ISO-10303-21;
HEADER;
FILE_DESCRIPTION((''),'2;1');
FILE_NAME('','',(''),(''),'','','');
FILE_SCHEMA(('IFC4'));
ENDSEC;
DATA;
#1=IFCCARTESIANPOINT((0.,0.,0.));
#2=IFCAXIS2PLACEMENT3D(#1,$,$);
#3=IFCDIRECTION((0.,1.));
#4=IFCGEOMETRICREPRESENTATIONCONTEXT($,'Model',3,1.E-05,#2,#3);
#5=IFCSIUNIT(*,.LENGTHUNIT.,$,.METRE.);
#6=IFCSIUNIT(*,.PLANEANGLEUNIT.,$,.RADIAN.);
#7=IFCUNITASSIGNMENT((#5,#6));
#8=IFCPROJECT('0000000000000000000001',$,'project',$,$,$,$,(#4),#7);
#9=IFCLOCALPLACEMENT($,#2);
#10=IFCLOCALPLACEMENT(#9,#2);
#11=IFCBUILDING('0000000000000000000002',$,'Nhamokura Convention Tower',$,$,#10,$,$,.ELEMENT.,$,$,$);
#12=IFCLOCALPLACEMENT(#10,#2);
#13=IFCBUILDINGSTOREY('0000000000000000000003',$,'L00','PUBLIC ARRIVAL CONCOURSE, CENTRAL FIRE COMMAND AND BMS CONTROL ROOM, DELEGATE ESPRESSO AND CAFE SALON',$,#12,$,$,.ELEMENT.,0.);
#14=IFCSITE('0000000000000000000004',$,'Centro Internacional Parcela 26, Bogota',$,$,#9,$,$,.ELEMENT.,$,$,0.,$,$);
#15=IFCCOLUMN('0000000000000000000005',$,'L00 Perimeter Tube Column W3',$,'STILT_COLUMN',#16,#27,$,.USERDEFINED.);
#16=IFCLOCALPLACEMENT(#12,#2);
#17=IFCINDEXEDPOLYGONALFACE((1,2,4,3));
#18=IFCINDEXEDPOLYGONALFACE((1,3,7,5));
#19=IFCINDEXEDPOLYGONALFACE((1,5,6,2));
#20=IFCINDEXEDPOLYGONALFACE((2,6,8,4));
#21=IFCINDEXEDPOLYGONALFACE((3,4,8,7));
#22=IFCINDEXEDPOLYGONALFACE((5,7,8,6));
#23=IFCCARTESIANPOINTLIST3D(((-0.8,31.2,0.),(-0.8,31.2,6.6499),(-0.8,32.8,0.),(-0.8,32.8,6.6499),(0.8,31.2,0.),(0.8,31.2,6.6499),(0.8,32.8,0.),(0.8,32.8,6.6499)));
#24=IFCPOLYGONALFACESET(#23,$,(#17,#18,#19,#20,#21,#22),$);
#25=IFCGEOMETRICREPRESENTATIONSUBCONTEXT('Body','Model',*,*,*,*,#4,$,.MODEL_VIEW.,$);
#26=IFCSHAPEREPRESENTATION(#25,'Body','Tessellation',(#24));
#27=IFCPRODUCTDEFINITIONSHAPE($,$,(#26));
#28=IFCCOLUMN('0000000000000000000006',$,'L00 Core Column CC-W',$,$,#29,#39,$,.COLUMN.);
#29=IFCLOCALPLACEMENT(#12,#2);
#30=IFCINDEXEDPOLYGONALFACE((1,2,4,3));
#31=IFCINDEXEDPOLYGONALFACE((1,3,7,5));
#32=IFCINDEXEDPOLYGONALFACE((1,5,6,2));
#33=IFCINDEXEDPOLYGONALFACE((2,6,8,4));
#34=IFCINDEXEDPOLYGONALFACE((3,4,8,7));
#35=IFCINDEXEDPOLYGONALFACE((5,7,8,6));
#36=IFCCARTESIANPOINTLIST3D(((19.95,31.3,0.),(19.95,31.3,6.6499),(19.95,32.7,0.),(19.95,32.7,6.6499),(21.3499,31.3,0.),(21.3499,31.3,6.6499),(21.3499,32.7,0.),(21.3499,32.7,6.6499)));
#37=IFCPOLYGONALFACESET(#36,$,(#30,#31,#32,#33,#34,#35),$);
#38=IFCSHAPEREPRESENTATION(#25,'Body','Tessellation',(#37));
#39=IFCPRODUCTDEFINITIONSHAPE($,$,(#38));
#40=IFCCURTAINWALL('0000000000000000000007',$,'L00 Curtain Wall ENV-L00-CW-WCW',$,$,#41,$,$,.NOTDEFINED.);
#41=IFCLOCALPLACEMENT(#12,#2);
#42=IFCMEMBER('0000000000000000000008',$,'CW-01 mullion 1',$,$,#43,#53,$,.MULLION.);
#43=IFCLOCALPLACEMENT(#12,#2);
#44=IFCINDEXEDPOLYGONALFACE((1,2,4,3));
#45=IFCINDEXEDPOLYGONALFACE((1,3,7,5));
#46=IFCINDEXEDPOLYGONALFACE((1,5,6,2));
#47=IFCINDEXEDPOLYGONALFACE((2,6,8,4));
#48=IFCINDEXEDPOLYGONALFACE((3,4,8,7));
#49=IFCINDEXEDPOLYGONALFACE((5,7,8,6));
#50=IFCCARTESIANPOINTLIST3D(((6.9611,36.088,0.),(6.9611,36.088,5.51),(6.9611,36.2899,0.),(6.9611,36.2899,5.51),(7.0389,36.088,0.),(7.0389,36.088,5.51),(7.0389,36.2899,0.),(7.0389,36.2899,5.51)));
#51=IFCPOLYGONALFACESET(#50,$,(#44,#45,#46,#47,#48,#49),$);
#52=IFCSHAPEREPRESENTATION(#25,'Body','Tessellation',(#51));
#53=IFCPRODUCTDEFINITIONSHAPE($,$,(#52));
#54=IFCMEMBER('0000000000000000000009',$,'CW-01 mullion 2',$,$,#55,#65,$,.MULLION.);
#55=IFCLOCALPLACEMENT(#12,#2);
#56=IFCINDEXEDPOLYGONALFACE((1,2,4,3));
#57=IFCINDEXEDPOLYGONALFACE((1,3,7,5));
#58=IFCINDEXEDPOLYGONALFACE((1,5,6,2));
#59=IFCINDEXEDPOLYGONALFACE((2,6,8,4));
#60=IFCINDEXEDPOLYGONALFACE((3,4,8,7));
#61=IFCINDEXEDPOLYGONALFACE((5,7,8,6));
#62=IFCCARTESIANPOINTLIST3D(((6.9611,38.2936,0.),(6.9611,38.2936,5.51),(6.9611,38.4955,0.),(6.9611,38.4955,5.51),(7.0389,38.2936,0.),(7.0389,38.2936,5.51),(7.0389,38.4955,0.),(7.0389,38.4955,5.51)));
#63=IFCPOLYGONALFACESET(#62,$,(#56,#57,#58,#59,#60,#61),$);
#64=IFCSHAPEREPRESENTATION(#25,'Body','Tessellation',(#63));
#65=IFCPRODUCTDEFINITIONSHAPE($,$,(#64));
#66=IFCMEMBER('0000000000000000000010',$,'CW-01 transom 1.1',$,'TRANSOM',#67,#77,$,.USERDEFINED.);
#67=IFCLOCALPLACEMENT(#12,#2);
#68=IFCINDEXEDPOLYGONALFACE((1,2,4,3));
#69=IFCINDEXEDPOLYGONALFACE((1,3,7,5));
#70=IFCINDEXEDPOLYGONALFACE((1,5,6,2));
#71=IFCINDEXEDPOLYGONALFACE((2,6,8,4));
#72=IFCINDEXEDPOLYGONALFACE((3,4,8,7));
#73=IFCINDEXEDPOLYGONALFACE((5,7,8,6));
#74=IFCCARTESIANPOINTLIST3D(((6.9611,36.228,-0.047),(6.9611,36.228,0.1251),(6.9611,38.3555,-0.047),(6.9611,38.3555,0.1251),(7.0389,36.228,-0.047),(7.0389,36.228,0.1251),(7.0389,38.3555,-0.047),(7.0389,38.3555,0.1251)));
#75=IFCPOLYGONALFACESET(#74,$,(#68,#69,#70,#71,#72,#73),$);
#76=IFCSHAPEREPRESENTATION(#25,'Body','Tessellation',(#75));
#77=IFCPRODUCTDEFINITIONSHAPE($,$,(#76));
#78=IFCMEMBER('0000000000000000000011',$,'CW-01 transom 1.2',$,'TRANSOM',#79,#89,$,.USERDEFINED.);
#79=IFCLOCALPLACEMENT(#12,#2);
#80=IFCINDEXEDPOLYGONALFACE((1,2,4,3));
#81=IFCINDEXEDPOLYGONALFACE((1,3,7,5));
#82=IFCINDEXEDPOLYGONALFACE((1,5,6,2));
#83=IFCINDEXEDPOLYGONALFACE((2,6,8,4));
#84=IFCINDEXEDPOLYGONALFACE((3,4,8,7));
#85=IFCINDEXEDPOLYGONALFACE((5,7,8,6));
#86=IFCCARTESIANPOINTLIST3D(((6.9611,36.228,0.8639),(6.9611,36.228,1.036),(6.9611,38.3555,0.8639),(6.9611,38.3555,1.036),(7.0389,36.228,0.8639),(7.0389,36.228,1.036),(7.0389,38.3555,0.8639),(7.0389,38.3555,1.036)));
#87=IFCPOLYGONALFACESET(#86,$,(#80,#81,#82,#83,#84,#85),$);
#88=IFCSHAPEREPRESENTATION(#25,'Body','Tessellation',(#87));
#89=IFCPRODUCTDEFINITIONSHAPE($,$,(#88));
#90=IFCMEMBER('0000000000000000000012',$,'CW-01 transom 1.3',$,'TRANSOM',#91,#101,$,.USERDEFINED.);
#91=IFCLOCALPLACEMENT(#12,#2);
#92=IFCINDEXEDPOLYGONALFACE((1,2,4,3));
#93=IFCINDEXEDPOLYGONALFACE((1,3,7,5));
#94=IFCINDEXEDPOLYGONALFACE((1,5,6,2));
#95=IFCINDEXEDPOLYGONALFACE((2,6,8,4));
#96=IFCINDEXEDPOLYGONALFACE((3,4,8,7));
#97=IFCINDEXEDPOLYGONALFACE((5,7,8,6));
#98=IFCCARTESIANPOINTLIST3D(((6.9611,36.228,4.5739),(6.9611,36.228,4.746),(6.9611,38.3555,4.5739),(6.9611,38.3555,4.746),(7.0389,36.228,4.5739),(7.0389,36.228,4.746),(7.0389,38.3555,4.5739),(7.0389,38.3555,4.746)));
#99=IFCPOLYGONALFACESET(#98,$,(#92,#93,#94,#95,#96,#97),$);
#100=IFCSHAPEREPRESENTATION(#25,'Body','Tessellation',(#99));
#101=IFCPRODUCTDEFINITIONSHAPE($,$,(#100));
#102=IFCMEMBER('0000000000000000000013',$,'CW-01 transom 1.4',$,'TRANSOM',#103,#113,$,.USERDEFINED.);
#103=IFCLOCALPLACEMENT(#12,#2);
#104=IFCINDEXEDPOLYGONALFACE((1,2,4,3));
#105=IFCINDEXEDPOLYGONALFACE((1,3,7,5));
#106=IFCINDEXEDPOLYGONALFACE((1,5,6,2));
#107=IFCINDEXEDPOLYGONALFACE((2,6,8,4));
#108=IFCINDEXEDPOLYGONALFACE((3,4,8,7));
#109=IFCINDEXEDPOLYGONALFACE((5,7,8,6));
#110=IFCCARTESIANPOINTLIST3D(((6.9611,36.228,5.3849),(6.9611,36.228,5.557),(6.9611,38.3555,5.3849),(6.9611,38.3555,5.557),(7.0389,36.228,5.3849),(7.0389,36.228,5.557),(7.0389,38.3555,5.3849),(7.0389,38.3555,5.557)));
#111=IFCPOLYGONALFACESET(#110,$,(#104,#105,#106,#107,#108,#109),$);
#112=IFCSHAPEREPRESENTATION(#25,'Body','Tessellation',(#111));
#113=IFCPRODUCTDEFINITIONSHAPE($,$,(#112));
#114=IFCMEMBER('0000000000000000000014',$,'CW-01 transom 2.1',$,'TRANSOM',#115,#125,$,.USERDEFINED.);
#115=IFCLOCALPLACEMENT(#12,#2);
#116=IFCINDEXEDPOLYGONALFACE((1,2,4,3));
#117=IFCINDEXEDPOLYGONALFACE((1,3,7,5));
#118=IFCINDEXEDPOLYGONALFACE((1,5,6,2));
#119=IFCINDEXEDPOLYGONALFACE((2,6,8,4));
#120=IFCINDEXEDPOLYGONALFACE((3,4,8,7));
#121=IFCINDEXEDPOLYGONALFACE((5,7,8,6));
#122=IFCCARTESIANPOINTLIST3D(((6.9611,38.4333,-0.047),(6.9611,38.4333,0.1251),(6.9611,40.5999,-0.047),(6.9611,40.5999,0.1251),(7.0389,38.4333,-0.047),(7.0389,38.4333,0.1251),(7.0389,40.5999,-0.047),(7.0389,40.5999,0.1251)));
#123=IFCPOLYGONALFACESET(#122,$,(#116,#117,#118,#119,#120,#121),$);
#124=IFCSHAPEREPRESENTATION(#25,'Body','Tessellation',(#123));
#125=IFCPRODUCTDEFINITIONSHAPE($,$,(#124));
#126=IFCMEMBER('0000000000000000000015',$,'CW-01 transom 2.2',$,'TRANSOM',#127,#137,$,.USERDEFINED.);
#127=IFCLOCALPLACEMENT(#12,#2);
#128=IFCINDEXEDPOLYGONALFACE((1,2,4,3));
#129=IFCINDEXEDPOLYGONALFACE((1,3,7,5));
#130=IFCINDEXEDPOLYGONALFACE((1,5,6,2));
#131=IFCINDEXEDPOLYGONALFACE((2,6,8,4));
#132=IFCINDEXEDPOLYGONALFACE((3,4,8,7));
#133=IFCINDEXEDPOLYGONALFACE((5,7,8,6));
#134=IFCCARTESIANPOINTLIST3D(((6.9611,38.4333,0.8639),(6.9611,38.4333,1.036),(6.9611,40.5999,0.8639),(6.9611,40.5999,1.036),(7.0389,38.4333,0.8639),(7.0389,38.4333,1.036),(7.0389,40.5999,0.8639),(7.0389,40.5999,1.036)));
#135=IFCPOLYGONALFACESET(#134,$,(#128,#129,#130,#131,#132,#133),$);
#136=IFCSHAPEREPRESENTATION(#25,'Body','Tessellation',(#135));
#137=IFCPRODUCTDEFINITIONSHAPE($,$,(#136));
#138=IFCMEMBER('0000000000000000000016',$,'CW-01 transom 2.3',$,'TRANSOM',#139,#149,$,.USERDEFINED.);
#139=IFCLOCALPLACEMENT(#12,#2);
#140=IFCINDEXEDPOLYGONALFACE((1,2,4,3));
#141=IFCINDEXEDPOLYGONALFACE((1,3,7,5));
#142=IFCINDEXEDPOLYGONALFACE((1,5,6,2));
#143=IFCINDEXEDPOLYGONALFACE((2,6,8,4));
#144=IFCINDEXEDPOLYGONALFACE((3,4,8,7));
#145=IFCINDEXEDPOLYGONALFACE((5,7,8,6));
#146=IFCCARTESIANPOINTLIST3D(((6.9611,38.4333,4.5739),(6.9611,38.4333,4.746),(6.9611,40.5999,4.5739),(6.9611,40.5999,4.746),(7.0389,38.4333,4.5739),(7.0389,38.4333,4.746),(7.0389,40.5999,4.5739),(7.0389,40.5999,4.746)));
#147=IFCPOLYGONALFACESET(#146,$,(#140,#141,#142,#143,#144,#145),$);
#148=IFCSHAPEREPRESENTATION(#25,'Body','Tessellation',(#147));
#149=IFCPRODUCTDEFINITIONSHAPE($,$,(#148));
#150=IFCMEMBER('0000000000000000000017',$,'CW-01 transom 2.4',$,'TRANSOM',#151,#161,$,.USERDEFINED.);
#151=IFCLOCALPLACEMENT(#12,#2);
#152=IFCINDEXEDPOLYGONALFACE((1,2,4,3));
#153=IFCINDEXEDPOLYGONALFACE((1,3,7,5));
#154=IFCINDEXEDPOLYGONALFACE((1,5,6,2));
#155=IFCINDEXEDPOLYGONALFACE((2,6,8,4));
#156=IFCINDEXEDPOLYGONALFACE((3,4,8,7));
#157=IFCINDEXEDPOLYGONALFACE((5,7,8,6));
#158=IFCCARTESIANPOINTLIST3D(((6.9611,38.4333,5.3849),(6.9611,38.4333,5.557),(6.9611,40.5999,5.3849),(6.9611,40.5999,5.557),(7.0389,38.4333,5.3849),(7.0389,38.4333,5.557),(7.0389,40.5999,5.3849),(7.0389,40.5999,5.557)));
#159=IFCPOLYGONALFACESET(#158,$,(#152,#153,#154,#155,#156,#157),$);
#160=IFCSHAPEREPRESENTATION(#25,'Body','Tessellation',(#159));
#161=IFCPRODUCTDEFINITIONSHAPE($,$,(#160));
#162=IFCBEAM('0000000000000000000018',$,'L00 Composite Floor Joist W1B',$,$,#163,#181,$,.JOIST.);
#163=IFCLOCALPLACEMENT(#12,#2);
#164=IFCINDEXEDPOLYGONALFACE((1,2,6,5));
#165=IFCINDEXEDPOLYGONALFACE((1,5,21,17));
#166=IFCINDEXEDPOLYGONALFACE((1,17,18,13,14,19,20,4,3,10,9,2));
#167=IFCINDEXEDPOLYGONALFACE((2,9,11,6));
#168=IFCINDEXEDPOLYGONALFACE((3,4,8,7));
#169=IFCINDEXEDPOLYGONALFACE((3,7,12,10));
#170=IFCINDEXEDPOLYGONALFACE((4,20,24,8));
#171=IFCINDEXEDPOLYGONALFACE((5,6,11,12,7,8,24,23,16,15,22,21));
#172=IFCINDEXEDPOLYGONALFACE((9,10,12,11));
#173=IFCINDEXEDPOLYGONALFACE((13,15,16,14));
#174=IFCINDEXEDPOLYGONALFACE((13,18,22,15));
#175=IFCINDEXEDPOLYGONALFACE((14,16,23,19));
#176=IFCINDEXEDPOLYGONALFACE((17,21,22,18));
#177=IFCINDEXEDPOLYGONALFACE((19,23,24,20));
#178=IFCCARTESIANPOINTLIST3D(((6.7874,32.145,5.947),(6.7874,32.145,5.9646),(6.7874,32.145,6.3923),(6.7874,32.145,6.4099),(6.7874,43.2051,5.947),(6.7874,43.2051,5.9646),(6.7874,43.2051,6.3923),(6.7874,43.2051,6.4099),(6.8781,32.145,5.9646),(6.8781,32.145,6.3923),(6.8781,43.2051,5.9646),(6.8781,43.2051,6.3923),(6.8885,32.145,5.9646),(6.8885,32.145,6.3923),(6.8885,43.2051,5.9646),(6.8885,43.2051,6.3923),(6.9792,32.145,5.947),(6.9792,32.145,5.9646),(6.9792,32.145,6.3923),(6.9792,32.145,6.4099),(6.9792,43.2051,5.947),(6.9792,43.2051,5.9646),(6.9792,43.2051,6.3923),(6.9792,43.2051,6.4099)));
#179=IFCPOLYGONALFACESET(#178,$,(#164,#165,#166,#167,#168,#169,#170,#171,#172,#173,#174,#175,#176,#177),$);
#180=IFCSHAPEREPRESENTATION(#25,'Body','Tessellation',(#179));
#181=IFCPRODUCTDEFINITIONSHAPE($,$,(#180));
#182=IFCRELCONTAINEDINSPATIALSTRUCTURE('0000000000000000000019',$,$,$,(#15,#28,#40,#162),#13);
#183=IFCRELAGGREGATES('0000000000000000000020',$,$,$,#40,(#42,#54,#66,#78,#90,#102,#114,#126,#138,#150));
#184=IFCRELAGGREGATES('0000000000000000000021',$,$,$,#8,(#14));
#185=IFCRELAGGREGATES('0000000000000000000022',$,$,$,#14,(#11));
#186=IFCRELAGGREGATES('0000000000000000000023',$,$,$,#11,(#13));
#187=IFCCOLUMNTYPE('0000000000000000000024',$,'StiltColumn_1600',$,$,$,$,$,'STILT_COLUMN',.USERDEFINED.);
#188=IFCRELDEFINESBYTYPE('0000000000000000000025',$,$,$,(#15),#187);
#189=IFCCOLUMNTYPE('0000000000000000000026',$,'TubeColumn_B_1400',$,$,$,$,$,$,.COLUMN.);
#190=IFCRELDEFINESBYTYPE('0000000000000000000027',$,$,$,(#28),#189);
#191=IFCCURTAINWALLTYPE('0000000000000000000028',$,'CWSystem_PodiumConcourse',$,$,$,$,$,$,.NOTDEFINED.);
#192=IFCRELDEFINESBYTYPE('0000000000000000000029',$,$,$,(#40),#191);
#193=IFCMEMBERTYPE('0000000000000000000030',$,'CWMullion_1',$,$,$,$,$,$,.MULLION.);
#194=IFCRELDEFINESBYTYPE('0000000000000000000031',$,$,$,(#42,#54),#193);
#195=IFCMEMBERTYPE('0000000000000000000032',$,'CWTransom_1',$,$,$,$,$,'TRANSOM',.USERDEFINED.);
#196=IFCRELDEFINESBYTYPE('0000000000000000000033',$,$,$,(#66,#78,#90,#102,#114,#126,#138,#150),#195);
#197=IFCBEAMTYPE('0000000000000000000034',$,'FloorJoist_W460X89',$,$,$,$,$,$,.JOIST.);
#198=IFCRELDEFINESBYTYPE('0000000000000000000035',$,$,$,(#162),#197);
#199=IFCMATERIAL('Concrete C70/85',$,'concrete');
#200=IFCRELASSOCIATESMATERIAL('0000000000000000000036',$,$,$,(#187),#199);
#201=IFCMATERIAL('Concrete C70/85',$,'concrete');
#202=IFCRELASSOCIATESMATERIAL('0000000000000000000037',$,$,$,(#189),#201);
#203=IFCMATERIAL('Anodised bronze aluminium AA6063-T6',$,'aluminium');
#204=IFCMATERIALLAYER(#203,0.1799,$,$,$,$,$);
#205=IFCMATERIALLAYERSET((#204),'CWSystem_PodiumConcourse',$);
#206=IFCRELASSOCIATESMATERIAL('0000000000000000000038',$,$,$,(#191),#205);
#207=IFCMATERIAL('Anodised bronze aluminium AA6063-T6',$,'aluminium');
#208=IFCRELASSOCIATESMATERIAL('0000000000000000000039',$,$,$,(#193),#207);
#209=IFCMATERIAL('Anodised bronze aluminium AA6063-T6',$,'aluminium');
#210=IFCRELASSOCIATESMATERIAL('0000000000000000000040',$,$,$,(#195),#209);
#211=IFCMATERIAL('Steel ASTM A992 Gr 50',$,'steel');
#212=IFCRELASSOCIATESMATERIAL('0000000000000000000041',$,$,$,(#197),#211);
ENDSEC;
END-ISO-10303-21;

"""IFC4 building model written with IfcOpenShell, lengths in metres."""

from ifc_helpers import new_model, si_unit, direction, frame, origin, origin_2d, place, context, subcontext, project, spatial, rectangle, i_section, extrude, material, layer, layer_set, material_profile, profile_set, type_object, element, aggregate, save


model = new_model("IFC4")

# Units and contexts
model_context = context("Model", 3, precision=1e-05, world=origin(), true_north=direction((0.0, 1.0)))
body_context = subcontext(model_context, "Body", "Model", "MODEL_VIEW")
ifc_project = project(units=[si_unit("LENGTHUNIT", "METRE"), si_unit("PLANEANGLEUNIT", "RADIAN")], contexts=[model_context])

# Site, building, storey
site_placement = place(None, origin())
site = spatial("IfcSite", under=ifc_project, at=site_placement, Name="Centro Internacional Parcela 26, Bogota", CompositionType="ELEMENT", RefElevation=0.0)
building_placement = place(site_placement, origin())
building = spatial("IfcBuilding", under=site, at=building_placement, Name="Nhamokura Convention Tower", CompositionType="ELEMENT")
storey_placement = place(building_placement, origin())
storey = spatial("IfcBuildingStorey", under=building, at=storey_placement, Name="L00", Description="PUBLIC ARRIVAL CONCOURSE, CENTRAL FIRE COMMAND AND BMS CONTROL ROOM, DELEGATE ESPRESSO AND CAFE SALON", CompositionType="ELEMENT", Elevation=0.0)

# Columns
ifc_material_1 = material(Name="Concrete C70/85", Category="concrete")
ifc_material_profile_1 = material_profile(ifc_material_1, rectangle(XDim=1.6001, YDim=1.6001, at=origin_2d()))
ifc_profile_set_1 = profile_set([ifc_material_profile_1], Name="Concrete C70/85")
column_type_1 = type_object("IfcColumnType", Name="StiltColumn_1600", ElementType="STILT_COLUMN", PredefinedType="USERDEFINED", material=ifc_profile_set_1)
column_1_placement = place(storey_placement, frame((0.0, 32.0, 0.0), z_axis=(0.0, 0.0, 1.0), x_axis=(1.0, 0.0, 0.0)))
element("IfcColumn", 1, at=column_1_placement, inside=storey, type_object=column_type_1, Name="L00 Perimeter Tube Column W3", ObjectType="STILT_COLUMN", PredefinedType="USERDEFINED", context=body_context, shape_type="SweptSolid", body=[
    extrude(rectangle(XDim=1.6001, YDim=1.6001, at=origin_2d()), origin(), (0.0, 0.0, 1.0), 6.6499),
])
ifc_material_2 = material(Name="Concrete C70/85", Category="concrete")
ifc_material_profile_2 = material_profile(ifc_material_2, rectangle(XDim=1.3999, YDim=1.3999, at=origin_2d()))
ifc_profile_set_2 = profile_set([ifc_material_profile_2], Name="Concrete C70/85")
column_type_2 = type_object("IfcColumnType", Name="TubeColumn_B_1400", PredefinedType="COLUMN", material=ifc_profile_set_2)
column_2_placement = place(storey_placement, frame((20.6499, 32.0, 0.0), z_axis=(0.0, 0.0, 1.0), x_axis=(1.0, 0.0, 0.0)))
element("IfcColumn", 2, at=column_2_placement, inside=storey, type_object=column_type_2, Name="L00 Core Column CC-W", PredefinedType="COLUMN", context=body_context, shape_type="SweptSolid", body=[
    extrude(rectangle(XDim=1.3999, YDim=1.3999, at=origin_2d()), origin(), (0.0, 0.0, 1.0), 6.6499),
])

# Curtain wall, members
ifc_material_3 = material(Name="Anodised bronze aluminium AA6063-T6", Category="aluminium")
ifc_layer_1 = layer(ifc_material_3, 0.1799)
ifc_layer_set_1 = layer_set([ifc_layer_1], Name="CWSystem_PodiumConcourse")
curtain_wall_type = type_object("IfcCurtainWallType", Name="CWSystem_PodiumConcourse", PredefinedType="NOTDEFINED", material=ifc_layer_set_1)
curtain_wall_placement = place(storey_placement, origin())
curtain_wall = element("IfcCurtainWall", 3, at=curtain_wall_placement, inside=storey, type_object=curtain_wall_type, Name="L00 Curtain Wall ENV-L00-CW-WCW", PredefinedType="NOTDEFINED")
ifc_material_4 = material(Name="Anodised bronze aluminium AA6063-T6", Category="aluminium")
ifc_material_profile_3 = material_profile(ifc_material_4, rectangle(XDim=0.0779, YDim=0.2019, at=origin_2d()))
ifc_profile_set_3 = profile_set([ifc_material_profile_3], Name="Anodised bronze aluminium AA6063-T6")
member_type_1 = type_object("IfcMemberType", Name="CWMullion_1", PredefinedType="MULLION", material=ifc_profile_set_3)
member_1_placement = place(storey_placement, frame((7.0, 36.189, 0.0), z_axis=(0.0, 0.0, 1.0), x_axis=(-1.0, 0.0, 0.0)))
member_1 = element("IfcMember", 4, at=member_1_placement, type_object=member_type_1, Name="CW-01 mullion 1", PredefinedType="MULLION", context=body_context, shape_type="SweptSolid", body=[
    extrude(rectangle(XDim=0.0779, YDim=0.2019, at=origin_2d()), origin(), (0.0, 0.0, 1.0), 5.51),
])
member_2_placement = place(storey_placement, frame((7.0, 38.3945, 0.0), z_axis=(0.0, 0.0, 1.0), x_axis=(-1.0, 0.0, 0.0)))
member_2 = element("IfcMember", 5, at=member_2_placement, type_object=member_type_1, Name="CW-01 mullion 2", PredefinedType="MULLION", context=body_context, shape_type="SweptSolid", body=[
    extrude(rectangle(XDim=0.0779, YDim=0.2019, at=origin_2d()), origin(), (0.0, 0.0, 1.0), 5.51),
])
ifc_material_5 = material(Name="Anodised bronze aluminium AA6063-T6", Category="aluminium")
ifc_material_profile_4 = material_profile(ifc_material_5, rectangle(XDim=0.0779, YDim=0.1721, at=origin_2d()))
ifc_profile_set_4 = profile_set([ifc_material_profile_4], Name="Anodised bronze aluminium AA6063-T6")
member_type_2 = type_object("IfcMemberType", Name="CWTransom_1", ElementType="TRANSOM", PredefinedType="USERDEFINED", material=ifc_profile_set_4)
member_3_placement = place(storey_placement, frame((7.0, 36.228, 0.0391), z_axis=(0.0, 1.0, 0.0), x_axis=(-1.0, 0.0, 0.0)))
member_3 = element("IfcMember", 6, at=member_3_placement, type_object=member_type_2, Name="CW-01 transom 1.1", ObjectType="TRANSOM", PredefinedType="USERDEFINED", context=body_context, shape_type="SweptSolid", body=[
    extrude(rectangle(XDim=0.0779, YDim=0.1721, at=origin_2d()), origin(), (0.0, 0.0, 1.0), 2.1274),
])
member_4_placement = place(storey_placement, frame((7.0, 36.228, 0.95), z_axis=(0.0, 1.0, 0.0), x_axis=(-1.0, 0.0, 0.0)))
member_4 = element("IfcMember", 7, at=member_4_placement, type_object=member_type_2, Name="CW-01 transom 1.2", ObjectType="TRANSOM", PredefinedType="USERDEFINED", context=body_context, shape_type="SweptSolid", body=[
    extrude(rectangle(XDim=0.0779, YDim=0.1721, at=origin_2d()), origin(), (0.0, 0.0, 1.0), 2.1274),
])
member_5_placement = place(storey_placement, frame((7.0, 36.228, 4.6599), z_axis=(0.0, 1.0, 0.0), x_axis=(-1.0, 0.0, 0.0)))
member_5 = element("IfcMember", 8, at=member_5_placement, type_object=member_type_2, Name="CW-01 transom 1.3", ObjectType="TRANSOM", PredefinedType="USERDEFINED", context=body_context, shape_type="SweptSolid", body=[
    extrude(rectangle(XDim=0.0779, YDim=0.1721, at=origin_2d()), origin(), (0.0, 0.0, 1.0), 2.1274),
])
member_6_placement = place(storey_placement, frame((7.0, 36.228, 5.4709), z_axis=(0.0, 1.0, 0.0), x_axis=(-1.0, 0.0, 0.0)))
member_6 = element("IfcMember", 9, at=member_6_placement, type_object=member_type_2, Name="CW-01 transom 1.4", ObjectType="TRANSOM", PredefinedType="USERDEFINED", context=body_context, shape_type="SweptSolid", body=[
    extrude(rectangle(XDim=0.0779, YDim=0.1721, at=origin_2d()), origin(), (0.0, 0.0, 1.0), 2.1274),
])
member_7_placement = place(storey_placement, frame((7.0, 38.4333, 0.0391), z_axis=(0.0, 1.0, 0.0), x_axis=(-1.0, 0.0, 0.0)))
member_7 = element("IfcMember", 10, at=member_7_placement, type_object=member_type_2, Name="CW-01 transom 2.1", ObjectType="TRANSOM", PredefinedType="USERDEFINED", context=body_context, shape_type="SweptSolid", body=[
    extrude(rectangle(XDim=0.0779, YDim=0.1721, at=origin_2d()), origin(), (0.0, 0.0, 1.0), 2.1665),
])
member_8_placement = place(storey_placement, frame((7.0, 38.4333, 0.95), z_axis=(0.0, 1.0, 0.0), x_axis=(-1.0, 0.0, 0.0)))
member_8 = element("IfcMember", 11, at=member_8_placement, type_object=member_type_2, Name="CW-01 transom 2.2", ObjectType="TRANSOM", PredefinedType="USERDEFINED", context=body_context, shape_type="SweptSolid", body=[
    extrude(rectangle(XDim=0.0779, YDim=0.1721, at=origin_2d()), origin(), (0.0, 0.0, 1.0), 2.1665),
])
member_9_placement = place(storey_placement, frame((7.0, 38.4333, 4.6599), z_axis=(0.0, 1.0, 0.0), x_axis=(-1.0, 0.0, 0.0)))
member_9 = element("IfcMember", 12, at=member_9_placement, type_object=member_type_2, Name="CW-01 transom 2.3", ObjectType="TRANSOM", PredefinedType="USERDEFINED", context=body_context, shape_type="SweptSolid", body=[
    extrude(rectangle(XDim=0.0779, YDim=0.1721, at=origin_2d()), origin(), (0.0, 0.0, 1.0), 2.1665),
])
member_10_placement = place(storey_placement, frame((7.0, 38.4333, 5.4709), z_axis=(0.0, 1.0, 0.0), x_axis=(-1.0, 0.0, 0.0)))
member_10 = element("IfcMember", 13, at=member_10_placement, type_object=member_type_2, Name="CW-01 transom 2.4", ObjectType="TRANSOM", PredefinedType="USERDEFINED", context=body_context, shape_type="SweptSolid", body=[
    extrude(rectangle(XDim=0.0779, YDim=0.1721, at=origin_2d()), origin(), (0.0, 0.0, 1.0), 2.1665),
])

# Beam
ifc_material_6 = material(Name="Steel ASTM A992 Gr 50", Category="steel")
ifc_material_profile_5 = material_profile(ifc_material_6, i_section(OverallWidth=0.1919, OverallDepth=0.4629, WebThickness=0.0105, FlangeThickness=0.0176, at=origin_2d()))
ifc_profile_set_5 = profile_set([ifc_material_profile_5], Name="Steel ASTM A992 Gr 50")
beam_type_1 = type_object("IfcBeamType", Name="FloorJoist_W460X89", PredefinedType="JOIST", material=ifc_profile_set_5)
for number, where, z_axis, x_axis, name in (
    (14, (6.8833, 32.145, 6.1785), (0.0, 1.0, 0.0), (-1.0, 0.0, 0.0), "L00 Composite Floor Joist W1B"),
):
    element("IfcBeam", number, at=place(storey_placement, frame(where, z_axis=z_axis, x_axis=x_axis)), inside=storey, type_object=beam_type_1, Name=name, PredefinedType="JOIST", context=body_context, shape_type="SweptSolid", body=[
        extrude(i_section(OverallWidth=0.1919, OverallDepth=0.4629, WebThickness=0.0105, FlangeThickness=0.0176, at=origin_2d()), origin(), (0.0, 0.0, 1.0), 11.0601),
    ])

aggregate(curtain_wall, [member_1, member_2, member_3, member_4, member_5, member_6, member_7, member_8, member_9, member_10])

save(model, "model.ifc")
